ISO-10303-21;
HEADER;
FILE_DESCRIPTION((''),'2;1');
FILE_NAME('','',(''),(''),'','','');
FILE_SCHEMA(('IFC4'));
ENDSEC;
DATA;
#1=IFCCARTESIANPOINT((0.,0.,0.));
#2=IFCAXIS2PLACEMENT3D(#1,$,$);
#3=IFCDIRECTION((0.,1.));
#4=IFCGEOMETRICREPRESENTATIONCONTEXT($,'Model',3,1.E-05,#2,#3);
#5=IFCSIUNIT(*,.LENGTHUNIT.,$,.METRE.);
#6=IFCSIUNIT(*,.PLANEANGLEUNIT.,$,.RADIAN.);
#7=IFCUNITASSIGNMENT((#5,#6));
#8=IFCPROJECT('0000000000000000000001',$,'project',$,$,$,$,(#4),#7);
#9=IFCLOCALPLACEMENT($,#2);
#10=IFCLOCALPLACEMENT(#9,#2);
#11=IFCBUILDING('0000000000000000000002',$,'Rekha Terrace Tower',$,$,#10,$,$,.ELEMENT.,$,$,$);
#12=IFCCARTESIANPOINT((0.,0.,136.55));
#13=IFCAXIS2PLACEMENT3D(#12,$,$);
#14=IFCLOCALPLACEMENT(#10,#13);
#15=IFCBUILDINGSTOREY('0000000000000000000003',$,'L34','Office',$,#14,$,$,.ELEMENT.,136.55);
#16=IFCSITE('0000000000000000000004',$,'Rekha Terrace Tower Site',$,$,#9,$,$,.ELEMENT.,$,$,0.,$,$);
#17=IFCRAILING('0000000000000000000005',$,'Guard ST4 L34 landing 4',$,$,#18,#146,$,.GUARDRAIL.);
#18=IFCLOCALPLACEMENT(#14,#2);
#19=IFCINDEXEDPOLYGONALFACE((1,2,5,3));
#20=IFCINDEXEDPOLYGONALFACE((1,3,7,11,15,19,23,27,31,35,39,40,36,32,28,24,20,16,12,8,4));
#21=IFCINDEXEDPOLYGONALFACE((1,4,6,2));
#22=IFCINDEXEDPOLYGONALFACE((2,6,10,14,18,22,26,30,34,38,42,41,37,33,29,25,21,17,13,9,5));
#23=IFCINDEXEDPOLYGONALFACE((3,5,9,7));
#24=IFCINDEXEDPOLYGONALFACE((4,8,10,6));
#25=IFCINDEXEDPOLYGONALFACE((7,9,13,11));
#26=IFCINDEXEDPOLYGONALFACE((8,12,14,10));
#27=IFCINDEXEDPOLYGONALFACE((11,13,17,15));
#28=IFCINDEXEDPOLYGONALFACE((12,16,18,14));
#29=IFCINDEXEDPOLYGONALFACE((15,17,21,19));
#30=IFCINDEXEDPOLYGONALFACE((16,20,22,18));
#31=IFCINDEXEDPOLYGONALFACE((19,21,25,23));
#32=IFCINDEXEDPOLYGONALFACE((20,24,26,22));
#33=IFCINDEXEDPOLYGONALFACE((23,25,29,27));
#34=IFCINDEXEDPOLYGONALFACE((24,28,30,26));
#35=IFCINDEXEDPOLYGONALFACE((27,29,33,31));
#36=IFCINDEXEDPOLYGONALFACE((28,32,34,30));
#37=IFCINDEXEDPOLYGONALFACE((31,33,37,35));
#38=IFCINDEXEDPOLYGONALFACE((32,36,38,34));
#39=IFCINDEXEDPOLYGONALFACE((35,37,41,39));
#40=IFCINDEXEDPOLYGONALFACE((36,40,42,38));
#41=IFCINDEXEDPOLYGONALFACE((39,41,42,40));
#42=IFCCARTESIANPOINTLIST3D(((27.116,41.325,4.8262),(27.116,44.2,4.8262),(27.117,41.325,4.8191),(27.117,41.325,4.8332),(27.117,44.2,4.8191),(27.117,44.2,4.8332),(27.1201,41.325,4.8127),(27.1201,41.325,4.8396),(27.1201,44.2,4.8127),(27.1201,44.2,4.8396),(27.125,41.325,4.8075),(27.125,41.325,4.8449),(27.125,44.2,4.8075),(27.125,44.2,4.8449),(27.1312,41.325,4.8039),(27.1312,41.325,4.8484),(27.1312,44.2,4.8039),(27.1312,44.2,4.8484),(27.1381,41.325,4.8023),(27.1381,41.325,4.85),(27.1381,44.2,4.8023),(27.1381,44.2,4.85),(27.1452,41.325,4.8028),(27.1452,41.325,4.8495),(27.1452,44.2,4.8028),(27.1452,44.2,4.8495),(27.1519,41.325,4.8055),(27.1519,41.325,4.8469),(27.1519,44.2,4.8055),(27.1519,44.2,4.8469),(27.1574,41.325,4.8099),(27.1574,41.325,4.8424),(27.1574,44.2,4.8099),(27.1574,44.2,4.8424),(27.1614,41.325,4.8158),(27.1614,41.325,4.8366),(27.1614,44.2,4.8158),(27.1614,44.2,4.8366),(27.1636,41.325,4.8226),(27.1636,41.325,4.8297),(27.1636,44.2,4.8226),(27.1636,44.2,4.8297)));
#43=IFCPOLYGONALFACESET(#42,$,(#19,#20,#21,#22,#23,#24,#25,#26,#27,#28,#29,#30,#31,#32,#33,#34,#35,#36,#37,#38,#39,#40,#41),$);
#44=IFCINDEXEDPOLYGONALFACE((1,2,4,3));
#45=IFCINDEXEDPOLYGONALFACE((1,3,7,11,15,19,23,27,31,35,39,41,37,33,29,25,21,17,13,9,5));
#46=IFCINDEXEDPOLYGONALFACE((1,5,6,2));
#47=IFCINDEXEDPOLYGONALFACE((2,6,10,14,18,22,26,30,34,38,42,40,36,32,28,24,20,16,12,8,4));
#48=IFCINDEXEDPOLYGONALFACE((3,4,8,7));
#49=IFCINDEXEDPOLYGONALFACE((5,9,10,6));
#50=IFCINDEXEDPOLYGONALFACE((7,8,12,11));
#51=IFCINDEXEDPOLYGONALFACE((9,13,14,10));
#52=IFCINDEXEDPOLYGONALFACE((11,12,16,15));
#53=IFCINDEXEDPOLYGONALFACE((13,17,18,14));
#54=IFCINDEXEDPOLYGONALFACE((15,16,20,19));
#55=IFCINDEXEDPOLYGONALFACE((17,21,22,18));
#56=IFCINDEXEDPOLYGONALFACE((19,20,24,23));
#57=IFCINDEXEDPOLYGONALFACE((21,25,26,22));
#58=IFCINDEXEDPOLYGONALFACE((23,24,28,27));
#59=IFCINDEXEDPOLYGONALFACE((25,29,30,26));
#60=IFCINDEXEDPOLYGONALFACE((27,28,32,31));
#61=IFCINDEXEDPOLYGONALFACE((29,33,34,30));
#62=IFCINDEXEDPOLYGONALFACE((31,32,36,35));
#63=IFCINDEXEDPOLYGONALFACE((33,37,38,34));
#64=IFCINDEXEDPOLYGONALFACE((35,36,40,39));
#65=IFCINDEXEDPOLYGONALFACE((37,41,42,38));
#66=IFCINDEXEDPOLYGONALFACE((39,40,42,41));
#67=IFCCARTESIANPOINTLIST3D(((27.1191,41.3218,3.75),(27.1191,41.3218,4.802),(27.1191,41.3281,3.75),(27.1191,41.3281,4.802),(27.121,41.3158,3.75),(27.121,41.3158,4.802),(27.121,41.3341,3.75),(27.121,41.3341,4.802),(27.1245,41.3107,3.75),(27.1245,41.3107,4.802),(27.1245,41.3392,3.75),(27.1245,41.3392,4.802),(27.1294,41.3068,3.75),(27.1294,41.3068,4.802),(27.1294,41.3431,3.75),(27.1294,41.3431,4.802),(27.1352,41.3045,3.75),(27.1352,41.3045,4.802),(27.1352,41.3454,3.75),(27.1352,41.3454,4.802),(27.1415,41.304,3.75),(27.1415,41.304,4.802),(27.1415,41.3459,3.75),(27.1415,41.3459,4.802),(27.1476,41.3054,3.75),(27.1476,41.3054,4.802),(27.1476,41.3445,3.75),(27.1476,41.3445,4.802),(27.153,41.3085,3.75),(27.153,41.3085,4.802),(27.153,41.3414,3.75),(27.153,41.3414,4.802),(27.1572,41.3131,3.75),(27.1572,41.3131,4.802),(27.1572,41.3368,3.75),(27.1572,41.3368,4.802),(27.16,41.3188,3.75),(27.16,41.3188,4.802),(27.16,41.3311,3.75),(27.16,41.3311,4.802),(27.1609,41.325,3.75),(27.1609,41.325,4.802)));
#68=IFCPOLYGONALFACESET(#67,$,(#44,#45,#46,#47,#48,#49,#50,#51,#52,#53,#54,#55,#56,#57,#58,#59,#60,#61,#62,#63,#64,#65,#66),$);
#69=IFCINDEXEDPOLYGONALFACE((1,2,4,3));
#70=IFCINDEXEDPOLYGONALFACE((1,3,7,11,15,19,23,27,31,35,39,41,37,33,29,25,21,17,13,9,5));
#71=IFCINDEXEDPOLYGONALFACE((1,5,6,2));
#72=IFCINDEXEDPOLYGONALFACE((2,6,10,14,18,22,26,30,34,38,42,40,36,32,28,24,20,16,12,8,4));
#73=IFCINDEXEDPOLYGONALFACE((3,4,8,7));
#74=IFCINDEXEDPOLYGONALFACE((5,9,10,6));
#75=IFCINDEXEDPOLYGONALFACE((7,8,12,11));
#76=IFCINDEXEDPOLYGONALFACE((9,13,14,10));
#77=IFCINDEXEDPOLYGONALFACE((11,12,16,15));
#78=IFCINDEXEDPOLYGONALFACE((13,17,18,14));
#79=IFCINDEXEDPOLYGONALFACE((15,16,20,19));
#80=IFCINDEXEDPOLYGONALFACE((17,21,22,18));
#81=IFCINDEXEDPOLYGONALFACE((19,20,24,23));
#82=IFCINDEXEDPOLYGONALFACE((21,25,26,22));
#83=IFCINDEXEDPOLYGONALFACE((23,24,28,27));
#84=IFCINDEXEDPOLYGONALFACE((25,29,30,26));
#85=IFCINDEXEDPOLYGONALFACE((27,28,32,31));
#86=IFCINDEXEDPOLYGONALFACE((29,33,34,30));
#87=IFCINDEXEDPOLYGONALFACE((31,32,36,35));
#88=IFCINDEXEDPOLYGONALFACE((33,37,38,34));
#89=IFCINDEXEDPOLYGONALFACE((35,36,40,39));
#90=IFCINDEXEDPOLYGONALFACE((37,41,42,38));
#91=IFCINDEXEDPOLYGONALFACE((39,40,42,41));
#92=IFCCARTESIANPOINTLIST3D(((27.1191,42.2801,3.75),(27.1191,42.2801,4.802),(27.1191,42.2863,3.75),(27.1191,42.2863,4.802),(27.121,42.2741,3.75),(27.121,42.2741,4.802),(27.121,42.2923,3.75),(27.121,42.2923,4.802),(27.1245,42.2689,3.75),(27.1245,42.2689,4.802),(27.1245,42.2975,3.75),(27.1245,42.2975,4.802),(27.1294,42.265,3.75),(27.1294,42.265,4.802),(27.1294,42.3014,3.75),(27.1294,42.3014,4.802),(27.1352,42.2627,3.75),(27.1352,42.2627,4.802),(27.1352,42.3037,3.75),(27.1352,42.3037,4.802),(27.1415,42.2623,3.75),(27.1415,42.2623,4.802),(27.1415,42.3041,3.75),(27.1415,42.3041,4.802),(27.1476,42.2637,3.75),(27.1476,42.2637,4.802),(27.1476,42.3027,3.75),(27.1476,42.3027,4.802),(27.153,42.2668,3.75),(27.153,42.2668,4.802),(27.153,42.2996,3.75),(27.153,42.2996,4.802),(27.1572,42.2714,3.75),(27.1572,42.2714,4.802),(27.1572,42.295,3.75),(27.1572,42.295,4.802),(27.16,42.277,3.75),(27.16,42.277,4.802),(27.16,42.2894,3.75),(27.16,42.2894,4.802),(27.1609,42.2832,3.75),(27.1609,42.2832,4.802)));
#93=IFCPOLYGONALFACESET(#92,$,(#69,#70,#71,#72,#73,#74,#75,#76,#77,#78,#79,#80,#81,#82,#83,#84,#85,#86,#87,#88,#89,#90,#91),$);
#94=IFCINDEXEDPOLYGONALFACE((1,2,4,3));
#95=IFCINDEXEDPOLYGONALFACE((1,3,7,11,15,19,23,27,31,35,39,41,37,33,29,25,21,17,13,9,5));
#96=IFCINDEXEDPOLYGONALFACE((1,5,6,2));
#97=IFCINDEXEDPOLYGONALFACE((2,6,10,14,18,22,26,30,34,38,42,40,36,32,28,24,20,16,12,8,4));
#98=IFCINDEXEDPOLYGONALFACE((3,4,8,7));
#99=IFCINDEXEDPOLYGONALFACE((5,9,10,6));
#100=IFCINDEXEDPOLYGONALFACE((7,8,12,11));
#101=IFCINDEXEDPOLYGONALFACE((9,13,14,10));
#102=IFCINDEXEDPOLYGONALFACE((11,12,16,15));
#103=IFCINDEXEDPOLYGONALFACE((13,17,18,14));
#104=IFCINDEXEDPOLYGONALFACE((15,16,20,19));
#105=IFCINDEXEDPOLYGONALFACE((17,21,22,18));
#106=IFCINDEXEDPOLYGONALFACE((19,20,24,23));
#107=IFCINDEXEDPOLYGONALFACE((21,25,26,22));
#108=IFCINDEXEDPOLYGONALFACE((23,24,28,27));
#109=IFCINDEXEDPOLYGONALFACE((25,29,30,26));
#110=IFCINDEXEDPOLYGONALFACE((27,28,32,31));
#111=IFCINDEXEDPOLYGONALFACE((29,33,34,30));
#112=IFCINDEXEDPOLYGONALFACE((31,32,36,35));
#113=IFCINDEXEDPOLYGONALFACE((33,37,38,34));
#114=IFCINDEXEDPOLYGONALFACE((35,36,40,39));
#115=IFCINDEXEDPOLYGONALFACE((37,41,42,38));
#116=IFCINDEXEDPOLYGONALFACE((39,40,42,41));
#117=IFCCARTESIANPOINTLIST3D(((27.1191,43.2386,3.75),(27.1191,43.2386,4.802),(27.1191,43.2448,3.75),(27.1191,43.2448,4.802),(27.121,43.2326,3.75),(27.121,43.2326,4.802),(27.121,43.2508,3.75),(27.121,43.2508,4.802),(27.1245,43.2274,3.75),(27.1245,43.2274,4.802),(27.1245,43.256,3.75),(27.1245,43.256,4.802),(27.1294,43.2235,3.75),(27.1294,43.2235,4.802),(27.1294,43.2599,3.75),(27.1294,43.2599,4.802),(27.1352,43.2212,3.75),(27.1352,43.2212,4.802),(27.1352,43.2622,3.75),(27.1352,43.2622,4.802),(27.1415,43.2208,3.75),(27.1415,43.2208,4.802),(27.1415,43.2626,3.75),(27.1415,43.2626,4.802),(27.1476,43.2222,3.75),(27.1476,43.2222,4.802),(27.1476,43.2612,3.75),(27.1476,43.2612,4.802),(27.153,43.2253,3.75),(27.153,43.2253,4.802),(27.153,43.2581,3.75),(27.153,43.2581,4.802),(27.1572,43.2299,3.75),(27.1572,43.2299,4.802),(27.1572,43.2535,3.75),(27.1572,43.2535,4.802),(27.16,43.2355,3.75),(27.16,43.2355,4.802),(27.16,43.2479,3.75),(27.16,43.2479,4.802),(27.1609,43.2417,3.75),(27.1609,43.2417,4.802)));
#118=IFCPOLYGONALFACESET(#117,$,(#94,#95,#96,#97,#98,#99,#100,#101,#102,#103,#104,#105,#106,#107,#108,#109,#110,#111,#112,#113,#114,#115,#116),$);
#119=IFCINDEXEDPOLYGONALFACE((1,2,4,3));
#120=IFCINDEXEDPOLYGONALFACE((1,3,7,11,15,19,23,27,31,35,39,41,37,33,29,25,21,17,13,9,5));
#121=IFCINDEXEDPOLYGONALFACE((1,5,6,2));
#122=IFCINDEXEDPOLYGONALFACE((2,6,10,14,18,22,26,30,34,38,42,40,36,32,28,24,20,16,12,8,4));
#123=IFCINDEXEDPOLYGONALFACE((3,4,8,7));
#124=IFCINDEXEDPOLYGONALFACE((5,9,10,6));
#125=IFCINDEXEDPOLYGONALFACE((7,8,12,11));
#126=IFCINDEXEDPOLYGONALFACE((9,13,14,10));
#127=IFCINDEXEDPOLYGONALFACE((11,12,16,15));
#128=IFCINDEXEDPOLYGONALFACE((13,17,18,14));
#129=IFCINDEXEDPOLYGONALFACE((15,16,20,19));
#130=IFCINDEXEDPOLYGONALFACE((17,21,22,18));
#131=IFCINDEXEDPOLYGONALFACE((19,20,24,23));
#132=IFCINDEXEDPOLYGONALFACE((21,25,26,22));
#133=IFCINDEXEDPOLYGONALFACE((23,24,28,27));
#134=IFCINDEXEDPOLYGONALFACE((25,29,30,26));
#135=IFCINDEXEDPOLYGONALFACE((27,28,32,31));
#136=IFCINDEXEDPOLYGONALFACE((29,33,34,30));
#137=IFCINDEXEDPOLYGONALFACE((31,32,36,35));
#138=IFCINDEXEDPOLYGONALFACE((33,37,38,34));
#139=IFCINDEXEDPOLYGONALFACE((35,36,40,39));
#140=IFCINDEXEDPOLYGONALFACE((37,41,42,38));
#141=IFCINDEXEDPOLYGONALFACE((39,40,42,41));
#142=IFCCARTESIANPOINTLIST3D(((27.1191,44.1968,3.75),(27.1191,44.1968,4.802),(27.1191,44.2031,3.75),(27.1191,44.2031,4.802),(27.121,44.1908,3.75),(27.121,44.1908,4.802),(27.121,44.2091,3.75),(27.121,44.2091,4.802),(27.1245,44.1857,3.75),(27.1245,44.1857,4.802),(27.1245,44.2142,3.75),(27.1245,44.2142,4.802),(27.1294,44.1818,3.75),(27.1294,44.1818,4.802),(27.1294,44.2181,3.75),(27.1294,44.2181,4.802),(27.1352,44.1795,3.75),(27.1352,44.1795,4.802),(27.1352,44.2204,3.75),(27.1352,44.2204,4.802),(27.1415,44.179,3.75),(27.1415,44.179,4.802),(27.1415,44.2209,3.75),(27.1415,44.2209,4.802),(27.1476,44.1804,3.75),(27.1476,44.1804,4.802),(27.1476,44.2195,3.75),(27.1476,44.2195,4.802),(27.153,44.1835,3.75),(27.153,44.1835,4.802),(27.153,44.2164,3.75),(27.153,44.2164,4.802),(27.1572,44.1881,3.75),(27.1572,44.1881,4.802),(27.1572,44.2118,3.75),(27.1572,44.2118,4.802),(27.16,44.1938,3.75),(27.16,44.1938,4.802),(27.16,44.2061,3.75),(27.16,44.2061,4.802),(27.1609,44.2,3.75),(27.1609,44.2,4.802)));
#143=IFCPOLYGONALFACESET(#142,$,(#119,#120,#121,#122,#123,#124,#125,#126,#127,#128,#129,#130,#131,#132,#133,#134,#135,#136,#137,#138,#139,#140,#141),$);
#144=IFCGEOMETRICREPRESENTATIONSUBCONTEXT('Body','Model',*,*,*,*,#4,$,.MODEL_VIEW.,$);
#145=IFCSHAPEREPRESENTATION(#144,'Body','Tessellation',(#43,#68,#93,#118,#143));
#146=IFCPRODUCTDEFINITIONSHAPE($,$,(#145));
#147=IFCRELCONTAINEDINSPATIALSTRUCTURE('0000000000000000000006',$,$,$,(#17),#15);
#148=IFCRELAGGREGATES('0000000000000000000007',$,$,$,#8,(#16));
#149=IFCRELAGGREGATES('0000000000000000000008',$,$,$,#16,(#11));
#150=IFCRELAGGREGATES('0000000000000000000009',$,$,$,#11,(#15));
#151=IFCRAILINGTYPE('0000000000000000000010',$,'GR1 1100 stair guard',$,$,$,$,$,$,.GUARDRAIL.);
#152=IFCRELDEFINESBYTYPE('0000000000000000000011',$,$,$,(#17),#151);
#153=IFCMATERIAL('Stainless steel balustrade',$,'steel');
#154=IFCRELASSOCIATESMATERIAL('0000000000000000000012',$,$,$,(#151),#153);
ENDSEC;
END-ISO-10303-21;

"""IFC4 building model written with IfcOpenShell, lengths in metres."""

from ifc_helpers import new_model, si_unit, direction, frame, origin, origin_2d, place, context, subcontext, project, spatial, circle, extrude, material, type_object, element, save


model = new_model("IFC4")

# Units and contexts
model_context = context("Model", 3, precision=1e-05, world=origin(), true_north=direction((0.0, 1.0)))
body_context = subcontext(model_context, "Body", "Model", "MODEL_VIEW")
ifc_project = project(units=[si_unit("LENGTHUNIT", "METRE"), si_unit("PLANEANGLEUNIT", "RADIAN")], contexts=[model_context])

# Site, building, storey
site_placement = place(None, origin())
site = spatial("IfcSite", under=ifc_project, at=site_placement, Name="Rekha Terrace Tower Site", CompositionType="ELEMENT", RefElevation=0.0)
building_placement = place(site_placement, origin())
building = spatial("IfcBuilding", under=site, at=building_placement, Name="Rekha Terrace Tower", CompositionType="ELEMENT")
storey_placement = place(building_placement, frame((0.0, 0.0, 136.55)))
storey = spatial("IfcBuildingStorey", under=building, at=storey_placement, Name="L34", Description="Office", CompositionType="ELEMENT", Elevation=136.55)

# Railing
ifc_material_1 = material(Name="Stainless steel balustrade", Category="steel")
railing_type_1 = type_object("IfcRailingType", Name="GR1 1100 stair guard", PredefinedType="GUARDRAIL", material=ifc_material_1)
railing_1_placement = place(storey_placement, frame((27.1399, 41.325, 3.75)))
element("IfcRailing", 1, at=railing_1_placement, inside=storey, type_object=railing_type_1, Name="Guard ST4 L34 landing 4", PredefinedType="GUARDRAIL", context=body_context, shape_type="SweptSolid", body=[
    extrude(circle(Radius=0.0239, at=origin_2d()), frame((0.0, 0.0, 1.0762), z_axis=(0.0, 1.0, 0.0), x_axis=(-1.0, 0.0, 0.0)), (0.0, 0.0, 1.0), 2.875),
    extrude(circle(Radius=0.021, at=origin_2d()), origin(), (0.0, 0.0, 1.0), 1.052),
    extrude(circle(Radius=0.021, at=origin_2d()), frame((0.0, 0.9583, 0.0)), (0.0, 0.0, 1.0), 1.052),
    extrude(circle(Radius=0.021, at=origin_2d()), frame((0.0, 1.9167, 0.0)), (0.0, 0.0, 1.0), 1.052),
    extrude(circle(Radius=0.021, at=origin_2d()), frame((0.0, 2.875, 0.0)), (0.0, 0.0, 1.0), 1.052),
])

save(model, "model.ifc")
